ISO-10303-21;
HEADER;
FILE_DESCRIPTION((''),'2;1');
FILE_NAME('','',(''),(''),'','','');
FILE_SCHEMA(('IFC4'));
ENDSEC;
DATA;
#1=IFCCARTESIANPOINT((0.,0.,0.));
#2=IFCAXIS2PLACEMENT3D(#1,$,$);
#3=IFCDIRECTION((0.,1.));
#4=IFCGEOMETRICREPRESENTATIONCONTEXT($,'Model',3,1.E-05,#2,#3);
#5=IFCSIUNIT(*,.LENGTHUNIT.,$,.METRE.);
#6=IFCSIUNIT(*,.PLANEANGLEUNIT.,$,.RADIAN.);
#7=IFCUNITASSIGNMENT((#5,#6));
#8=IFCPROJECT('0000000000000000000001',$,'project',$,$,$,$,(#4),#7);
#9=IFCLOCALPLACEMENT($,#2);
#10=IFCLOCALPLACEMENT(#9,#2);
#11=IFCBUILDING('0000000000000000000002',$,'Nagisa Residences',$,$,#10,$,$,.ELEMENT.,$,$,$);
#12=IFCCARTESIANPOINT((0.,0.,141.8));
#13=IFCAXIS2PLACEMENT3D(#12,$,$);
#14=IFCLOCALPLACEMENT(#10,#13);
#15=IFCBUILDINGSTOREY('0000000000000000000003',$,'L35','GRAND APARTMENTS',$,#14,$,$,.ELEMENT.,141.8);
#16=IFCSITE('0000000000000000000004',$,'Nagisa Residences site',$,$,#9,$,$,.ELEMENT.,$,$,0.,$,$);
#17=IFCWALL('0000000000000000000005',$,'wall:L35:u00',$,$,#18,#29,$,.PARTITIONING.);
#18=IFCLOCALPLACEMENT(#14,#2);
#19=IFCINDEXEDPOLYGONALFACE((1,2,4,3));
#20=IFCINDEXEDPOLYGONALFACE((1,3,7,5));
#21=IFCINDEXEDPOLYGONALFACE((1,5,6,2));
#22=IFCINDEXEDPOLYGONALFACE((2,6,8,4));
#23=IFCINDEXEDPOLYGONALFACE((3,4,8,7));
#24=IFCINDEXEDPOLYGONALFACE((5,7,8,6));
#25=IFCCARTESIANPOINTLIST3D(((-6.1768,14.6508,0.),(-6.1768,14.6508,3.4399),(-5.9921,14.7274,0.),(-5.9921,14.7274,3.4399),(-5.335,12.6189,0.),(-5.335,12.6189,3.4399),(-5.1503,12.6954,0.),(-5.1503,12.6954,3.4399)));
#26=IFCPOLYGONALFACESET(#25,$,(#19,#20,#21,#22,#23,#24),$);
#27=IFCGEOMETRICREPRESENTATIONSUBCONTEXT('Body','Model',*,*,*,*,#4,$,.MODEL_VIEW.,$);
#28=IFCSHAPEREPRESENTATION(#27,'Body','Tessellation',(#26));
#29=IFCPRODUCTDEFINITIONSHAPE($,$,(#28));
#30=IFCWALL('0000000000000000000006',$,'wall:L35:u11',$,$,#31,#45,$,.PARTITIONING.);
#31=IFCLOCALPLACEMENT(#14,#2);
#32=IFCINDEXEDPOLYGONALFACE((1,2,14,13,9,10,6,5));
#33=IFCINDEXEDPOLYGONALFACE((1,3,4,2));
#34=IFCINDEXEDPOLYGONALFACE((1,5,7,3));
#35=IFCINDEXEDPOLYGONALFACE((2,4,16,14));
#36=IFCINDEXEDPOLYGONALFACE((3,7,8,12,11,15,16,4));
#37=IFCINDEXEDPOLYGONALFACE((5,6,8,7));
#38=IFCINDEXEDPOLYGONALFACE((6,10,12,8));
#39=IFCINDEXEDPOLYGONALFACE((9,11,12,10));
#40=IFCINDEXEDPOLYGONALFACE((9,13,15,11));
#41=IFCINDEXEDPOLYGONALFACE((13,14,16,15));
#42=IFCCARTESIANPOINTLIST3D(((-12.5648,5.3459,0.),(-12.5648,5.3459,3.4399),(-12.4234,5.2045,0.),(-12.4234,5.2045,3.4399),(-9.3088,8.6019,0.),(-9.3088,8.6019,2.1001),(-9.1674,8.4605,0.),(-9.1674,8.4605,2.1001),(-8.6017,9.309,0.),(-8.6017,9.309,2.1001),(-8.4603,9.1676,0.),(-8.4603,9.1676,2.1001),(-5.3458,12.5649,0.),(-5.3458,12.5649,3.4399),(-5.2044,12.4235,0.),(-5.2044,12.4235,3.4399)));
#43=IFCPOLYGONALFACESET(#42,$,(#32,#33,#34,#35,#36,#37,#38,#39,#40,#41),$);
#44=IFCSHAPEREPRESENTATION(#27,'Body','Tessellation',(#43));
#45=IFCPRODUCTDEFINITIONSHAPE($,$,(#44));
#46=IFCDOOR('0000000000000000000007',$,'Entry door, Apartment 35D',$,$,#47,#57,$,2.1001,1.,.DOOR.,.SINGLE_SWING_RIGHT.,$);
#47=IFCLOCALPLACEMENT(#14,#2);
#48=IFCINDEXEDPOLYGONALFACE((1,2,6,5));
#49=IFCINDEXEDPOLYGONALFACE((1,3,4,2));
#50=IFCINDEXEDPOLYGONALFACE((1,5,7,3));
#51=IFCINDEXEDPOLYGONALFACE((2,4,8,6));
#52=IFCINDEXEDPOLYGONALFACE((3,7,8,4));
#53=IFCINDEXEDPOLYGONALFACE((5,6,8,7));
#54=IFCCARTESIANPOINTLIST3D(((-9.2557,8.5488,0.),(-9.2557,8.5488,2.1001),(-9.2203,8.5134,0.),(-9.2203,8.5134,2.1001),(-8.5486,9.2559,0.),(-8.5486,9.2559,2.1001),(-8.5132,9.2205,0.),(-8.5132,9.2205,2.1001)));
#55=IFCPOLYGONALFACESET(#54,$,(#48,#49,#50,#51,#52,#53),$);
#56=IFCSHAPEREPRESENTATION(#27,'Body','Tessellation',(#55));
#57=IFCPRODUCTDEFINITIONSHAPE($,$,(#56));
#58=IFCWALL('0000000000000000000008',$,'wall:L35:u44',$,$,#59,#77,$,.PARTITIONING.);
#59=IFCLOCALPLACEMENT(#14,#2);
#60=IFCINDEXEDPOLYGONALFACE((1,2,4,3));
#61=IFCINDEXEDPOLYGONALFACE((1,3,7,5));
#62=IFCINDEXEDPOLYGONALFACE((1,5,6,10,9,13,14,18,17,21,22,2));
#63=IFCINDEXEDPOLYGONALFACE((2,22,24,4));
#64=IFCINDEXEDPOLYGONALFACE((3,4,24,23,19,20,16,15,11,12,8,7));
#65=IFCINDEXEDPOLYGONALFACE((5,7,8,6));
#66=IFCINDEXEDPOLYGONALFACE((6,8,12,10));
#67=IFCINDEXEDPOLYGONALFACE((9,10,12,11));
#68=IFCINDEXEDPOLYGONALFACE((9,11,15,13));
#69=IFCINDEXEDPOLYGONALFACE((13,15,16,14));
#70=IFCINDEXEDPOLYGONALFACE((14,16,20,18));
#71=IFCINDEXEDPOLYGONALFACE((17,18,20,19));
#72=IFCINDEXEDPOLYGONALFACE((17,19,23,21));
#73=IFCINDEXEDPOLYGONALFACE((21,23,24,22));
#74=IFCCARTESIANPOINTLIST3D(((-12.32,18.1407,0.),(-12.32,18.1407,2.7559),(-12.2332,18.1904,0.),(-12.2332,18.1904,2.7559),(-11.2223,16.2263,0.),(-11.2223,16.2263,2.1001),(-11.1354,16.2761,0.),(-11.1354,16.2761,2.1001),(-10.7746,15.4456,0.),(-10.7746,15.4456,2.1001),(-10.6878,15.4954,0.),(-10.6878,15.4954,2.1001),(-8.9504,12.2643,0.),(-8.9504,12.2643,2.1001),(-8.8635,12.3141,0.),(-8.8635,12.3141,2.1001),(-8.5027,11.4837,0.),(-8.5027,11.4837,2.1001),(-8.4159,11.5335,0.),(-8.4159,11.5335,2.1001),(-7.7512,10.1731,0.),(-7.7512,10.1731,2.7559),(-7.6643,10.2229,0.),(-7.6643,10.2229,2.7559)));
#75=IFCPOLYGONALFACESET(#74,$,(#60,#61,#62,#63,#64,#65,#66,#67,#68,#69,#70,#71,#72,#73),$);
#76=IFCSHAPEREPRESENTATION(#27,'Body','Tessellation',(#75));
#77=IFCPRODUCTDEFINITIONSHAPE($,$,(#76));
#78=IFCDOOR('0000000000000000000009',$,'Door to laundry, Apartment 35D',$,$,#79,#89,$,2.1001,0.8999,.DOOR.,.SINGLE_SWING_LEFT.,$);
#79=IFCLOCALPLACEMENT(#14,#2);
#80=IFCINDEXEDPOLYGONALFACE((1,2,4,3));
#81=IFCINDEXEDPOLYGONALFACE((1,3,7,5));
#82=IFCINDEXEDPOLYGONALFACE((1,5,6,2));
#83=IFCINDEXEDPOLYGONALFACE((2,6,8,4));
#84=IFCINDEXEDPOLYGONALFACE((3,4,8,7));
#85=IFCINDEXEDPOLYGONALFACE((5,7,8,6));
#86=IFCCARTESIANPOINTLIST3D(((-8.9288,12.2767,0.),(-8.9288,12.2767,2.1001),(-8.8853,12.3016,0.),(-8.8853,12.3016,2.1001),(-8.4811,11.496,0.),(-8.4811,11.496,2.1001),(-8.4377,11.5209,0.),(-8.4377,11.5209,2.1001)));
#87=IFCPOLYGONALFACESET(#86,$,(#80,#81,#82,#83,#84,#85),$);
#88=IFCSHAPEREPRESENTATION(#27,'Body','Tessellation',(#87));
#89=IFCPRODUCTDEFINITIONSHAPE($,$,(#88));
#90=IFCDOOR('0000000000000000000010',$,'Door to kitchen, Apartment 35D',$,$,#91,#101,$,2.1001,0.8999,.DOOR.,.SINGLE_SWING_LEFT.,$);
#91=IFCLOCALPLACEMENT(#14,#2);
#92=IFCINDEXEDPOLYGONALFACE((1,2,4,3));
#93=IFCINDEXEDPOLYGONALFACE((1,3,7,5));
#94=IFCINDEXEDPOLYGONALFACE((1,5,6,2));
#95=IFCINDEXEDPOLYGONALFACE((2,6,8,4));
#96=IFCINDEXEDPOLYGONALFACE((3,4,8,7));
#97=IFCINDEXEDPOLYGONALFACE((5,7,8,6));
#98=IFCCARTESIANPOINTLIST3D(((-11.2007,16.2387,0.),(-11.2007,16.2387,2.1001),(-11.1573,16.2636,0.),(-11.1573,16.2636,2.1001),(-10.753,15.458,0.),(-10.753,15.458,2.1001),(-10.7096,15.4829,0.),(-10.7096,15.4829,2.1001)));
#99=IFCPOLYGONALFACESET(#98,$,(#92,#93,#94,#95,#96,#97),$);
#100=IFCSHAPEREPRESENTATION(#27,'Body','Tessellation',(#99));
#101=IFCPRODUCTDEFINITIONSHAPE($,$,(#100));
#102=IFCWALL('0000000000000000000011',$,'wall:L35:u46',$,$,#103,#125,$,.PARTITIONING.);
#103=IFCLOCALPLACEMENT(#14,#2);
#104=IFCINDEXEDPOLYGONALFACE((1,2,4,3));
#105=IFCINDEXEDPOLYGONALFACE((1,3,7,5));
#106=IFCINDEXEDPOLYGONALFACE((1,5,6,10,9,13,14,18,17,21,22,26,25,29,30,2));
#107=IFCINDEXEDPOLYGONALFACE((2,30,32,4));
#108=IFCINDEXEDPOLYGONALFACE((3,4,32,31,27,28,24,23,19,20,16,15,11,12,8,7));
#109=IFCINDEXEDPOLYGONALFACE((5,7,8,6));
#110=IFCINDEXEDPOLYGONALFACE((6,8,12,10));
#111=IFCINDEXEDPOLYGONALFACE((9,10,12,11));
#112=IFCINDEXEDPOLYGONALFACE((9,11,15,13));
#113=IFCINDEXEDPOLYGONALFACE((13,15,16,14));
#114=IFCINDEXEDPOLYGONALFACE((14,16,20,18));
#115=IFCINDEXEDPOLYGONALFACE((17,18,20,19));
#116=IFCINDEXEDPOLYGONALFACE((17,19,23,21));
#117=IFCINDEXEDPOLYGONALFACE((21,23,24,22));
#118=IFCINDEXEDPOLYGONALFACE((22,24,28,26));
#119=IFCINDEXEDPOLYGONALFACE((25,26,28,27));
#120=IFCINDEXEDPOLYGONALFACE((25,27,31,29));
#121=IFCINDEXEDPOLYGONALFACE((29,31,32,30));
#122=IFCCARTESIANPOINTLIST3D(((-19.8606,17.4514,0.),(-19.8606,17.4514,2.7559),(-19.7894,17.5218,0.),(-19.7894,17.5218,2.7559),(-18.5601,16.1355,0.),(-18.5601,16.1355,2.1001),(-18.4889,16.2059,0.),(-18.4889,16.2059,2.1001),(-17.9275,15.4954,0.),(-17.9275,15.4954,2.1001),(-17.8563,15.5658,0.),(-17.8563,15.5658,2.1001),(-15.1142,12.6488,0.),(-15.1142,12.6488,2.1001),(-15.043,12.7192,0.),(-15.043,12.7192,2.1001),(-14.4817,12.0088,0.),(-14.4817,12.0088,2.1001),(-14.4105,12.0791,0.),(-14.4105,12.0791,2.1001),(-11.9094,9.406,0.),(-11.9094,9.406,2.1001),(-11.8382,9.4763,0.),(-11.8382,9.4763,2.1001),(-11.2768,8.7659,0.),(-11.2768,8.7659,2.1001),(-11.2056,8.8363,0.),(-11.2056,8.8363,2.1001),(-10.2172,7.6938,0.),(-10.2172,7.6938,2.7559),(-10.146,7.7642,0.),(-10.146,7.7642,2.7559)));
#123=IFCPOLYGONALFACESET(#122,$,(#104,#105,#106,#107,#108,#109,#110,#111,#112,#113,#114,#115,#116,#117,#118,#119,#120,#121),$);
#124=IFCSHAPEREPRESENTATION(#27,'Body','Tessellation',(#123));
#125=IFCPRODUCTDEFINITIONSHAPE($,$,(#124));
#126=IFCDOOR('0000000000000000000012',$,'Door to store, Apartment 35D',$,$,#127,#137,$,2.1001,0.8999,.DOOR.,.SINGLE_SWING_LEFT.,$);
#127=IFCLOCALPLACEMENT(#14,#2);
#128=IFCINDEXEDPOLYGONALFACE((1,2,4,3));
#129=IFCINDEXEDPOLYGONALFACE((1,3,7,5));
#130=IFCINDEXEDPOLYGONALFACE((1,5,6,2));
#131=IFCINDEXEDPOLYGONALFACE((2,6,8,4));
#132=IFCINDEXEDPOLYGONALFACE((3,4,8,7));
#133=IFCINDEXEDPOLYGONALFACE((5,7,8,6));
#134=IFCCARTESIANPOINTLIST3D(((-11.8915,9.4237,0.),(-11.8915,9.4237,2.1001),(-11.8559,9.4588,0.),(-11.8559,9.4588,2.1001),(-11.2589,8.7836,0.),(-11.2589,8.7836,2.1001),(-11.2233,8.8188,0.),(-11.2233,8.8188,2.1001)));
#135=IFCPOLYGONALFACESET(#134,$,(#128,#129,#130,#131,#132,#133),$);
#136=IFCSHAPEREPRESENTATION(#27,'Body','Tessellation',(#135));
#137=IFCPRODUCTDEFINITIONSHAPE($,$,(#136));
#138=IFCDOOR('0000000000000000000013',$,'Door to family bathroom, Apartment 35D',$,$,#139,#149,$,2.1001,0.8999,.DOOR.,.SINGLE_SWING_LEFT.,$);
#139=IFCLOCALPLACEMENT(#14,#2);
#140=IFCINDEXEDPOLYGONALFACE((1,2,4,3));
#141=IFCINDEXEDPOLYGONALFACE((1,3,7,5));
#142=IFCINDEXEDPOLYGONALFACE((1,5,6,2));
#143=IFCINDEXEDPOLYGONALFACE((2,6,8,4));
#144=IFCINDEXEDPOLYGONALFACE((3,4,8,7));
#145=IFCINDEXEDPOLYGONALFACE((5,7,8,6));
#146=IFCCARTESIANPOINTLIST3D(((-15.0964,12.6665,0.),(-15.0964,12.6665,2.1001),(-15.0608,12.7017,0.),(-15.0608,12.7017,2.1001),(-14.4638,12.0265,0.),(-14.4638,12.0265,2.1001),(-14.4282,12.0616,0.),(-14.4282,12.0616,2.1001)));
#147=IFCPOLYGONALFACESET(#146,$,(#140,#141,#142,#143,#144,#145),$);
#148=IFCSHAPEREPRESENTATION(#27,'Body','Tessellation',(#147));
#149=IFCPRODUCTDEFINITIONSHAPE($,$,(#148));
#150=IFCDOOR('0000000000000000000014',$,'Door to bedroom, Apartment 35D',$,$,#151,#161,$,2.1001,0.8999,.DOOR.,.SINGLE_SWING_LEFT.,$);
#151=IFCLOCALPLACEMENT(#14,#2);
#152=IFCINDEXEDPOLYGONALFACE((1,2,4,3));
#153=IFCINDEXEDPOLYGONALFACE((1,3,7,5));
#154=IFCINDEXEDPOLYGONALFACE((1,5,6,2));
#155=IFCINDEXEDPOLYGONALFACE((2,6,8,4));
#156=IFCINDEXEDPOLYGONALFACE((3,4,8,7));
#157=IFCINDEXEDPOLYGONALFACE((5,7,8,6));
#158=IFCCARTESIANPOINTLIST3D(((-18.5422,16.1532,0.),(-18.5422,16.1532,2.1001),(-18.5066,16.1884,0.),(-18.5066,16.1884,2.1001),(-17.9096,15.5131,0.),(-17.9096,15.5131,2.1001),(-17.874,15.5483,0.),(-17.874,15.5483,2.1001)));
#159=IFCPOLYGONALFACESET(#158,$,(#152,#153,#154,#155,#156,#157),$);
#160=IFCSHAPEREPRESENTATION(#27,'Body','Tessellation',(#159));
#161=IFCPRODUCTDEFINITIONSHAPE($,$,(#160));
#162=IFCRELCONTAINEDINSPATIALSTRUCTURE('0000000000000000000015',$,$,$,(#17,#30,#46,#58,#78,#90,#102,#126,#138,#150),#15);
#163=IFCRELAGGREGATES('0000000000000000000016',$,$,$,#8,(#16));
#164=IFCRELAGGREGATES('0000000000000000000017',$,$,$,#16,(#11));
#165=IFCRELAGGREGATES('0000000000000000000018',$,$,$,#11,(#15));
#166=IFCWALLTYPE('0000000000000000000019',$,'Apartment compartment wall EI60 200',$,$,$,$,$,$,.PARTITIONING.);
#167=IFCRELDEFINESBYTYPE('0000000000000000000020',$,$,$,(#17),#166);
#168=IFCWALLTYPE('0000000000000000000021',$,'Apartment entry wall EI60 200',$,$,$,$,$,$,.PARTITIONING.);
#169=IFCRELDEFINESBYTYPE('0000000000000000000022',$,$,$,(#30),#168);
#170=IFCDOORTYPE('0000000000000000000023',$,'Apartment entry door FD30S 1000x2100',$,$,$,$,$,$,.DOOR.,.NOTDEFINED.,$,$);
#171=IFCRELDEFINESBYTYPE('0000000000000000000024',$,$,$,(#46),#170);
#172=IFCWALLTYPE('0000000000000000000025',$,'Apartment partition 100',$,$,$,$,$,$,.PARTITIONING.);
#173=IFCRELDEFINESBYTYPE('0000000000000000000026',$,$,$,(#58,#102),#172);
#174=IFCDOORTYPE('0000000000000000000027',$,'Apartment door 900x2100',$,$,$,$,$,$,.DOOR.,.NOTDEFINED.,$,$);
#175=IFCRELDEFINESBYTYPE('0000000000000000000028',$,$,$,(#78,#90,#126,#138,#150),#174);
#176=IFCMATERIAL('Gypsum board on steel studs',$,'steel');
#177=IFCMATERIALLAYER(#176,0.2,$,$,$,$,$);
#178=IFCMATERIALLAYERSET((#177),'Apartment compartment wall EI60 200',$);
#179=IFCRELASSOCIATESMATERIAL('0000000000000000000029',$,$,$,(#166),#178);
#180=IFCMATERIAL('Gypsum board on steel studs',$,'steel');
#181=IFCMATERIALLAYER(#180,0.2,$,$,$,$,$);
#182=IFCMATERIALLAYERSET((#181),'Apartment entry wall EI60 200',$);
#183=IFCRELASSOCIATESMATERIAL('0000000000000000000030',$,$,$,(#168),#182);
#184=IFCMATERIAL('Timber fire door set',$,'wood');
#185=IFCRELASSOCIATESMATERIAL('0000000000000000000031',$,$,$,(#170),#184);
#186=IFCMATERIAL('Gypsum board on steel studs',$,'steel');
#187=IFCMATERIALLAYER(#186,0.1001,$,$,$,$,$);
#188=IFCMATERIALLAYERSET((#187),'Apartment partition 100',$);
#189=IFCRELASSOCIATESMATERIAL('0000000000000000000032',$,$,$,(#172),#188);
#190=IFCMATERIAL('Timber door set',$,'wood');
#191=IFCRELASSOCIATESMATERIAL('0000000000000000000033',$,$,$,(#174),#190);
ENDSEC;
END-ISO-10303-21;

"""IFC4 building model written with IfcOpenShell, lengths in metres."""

from ifc_helpers import new_model, si_unit, direction, frame, frame_2d, origin, place, context, subcontext, project, spatial, rectangle, extrude, material, layer, layer_set, type_object, element, fill, save


model = new_model("IFC4")

# Units and contexts
model_context = context("Model", 3, precision=1e-05, world=origin(), true_north=direction((0.0, 1.0)))
body_context = subcontext(model_context, "Body", "Model", "MODEL_VIEW")
ifc_project = project(units=[si_unit("LENGTHUNIT", "METRE"), si_unit("PLANEANGLEUNIT", "RADIAN")], contexts=[model_context])

# Site, building, storey
site_placement = place(None, origin())
site = spatial("IfcSite", under=ifc_project, at=site_placement, Name="Nagisa Residences site", CompositionType="ELEMENT", RefElevation=0.0)
building_placement = place(site_placement, origin())
building = spatial("IfcBuilding", under=site, at=building_placement, Name="Nagisa Residences", CompositionType="ELEMENT")
storey_placement = place(building_placement, frame((0.0, 0.0, 141.8)))
storey = spatial("IfcBuildingStorey", under=building, at=storey_placement, Name="L35", Description="GRAND APARTMENTS", CompositionType="ELEMENT", Elevation=141.8)

# Wall
ifc_material_1 = material(Name="Gypsum board on steel studs", Category="steel")
ifc_layer_1 = layer(ifc_material_1, 0.2)
ifc_layer_set_1 = layer_set([ifc_layer_1], Name="Apartment compartment wall EI60 200")
wall_type_1 = type_object("IfcWallType", Name="Apartment compartment wall EI60 200", PredefinedType="PARTITIONING", material=ifc_layer_set_1)
wall_1_placement = place(storey_placement, frame((-5.2427, 12.6572, 0.0), z_axis=(0.0, 0.0, 1.0), x_axis=(-0.382731, 0.92386, 0.0)))
element("IfcWall", 1, at=wall_1_placement, inside=storey, type_object=wall_type_1, Name="wall:L35:u00", PredefinedType="PARTITIONING", context=body_context, shape_type="SweptSolid", body=[
    extrude(rectangle(XDim=2.1995, YDim=0.2, at=frame_2d((1.0996, 0.0))), origin(), (0.0, 0.0, 1.0), 3.4399),
])

# Wall, opening, door
ifc_material_2 = material(Name="Gypsum board on steel studs", Category="steel")
ifc_layer_2 = layer(ifc_material_2, 0.2)
ifc_layer_set_2 = layer_set([ifc_layer_2], Name="Apartment entry wall EI60 200")
wall_type_2 = type_object("IfcWallType", Name="Apartment entry wall EI60 200", PredefinedType="PARTITIONING", material=ifc_layer_set_2)
wall_2_placement = place(storey_placement, frame((-5.2751, 12.4941, 0.0), z_axis=(0.0, 0.0, 1.0), x_axis=(-0.707107, -0.707107, 0.0)))
wall_2 = element("IfcWall", 2, at=wall_2_placement, inside=storey, type_object=wall_type_2, Name="wall:L35:u11", PredefinedType="PARTITIONING", context=body_context, shape_type="SweptSolid", body=[
    extrude(rectangle(XDim=10.2092, YDim=0.2, at=frame_2d((5.1045, 0.0))), origin(), (0.0, 0.0, 1.0), 3.4399),
])
opening_1_placement = place(wall_2_placement, frame((4.6045, 0.0, 0.0)))
opening_1 = element("IfcOpeningElement", 3, at=opening_1_placement, cuts=wall_2, PredefinedType="OPENING", context=body_context, shape_type="SweptSolid", body=[
    extrude(rectangle(XDim=1.0, YDim=2.1001, at=frame_2d((0.5, 1.05))), frame((0.0, 0.1099, 0.0), z_axis=(0.0, -1.0, 0.0), x_axis=(1.0, 0.0, 0.0)), (0.0, 0.0, 1.0), 0.22),
])
ifc_material_3 = material(Name="Timber fire door set", Category="wood")
door_type_1 = type_object("IfcDoorType", Name="Apartment entry door FD30S 1000x2100", OperationType="NOTDEFINED", PredefinedType="DOOR", material=ifc_material_3)
door_1_placement = place(opening_1_placement, frame((1.0, 0.0, 0.0), x_axis=(-1.0, 0.0, 0.0)))
door_1 = element("IfcDoor", 4, at=door_1_placement, inside=storey, type_object=door_type_1, Name="Entry door, Apartment 35D", OperationType="SINGLE_SWING_RIGHT", OverallHeight=2.1001, OverallWidth=1.0, PredefinedType="DOOR", context=body_context, shape_type="SweptSolid", body=[
    extrude(rectangle(XDim=1.0, YDim=2.1001, at=frame_2d((0.5, 1.05))), frame((0.0, 0.0249, 0.0), z_axis=(0.0, -1.0, 0.0), x_axis=(1.0, 0.0, 0.0)), (0.0, 0.0, 1.0), 0.05),
])
fill(opening_1, door_1)

# Walls, openings, doors
ifc_material_4 = material(Name="Gypsum board on steel studs", Category="steel")
ifc_layer_3 = layer(ifc_material_4, 0.1001)
ifc_layer_set_3 = layer_set([ifc_layer_3], Name="Apartment partition 100")
wall_type_3 = type_object("IfcWallType", Name="Apartment partition 100", PredefinedType="PARTITIONING", material=ifc_layer_set_3)
wall_3_placement = place(storey_placement, frame((-7.7078, 10.198, 0.0), z_axis=(0.0, 0.0, 1.0), x_axis=(-0.497449, 0.867493, 0.0)))
wall_3 = element("IfcWall", 5, at=wall_3_placement, inside=storey, type_object=wall_type_3, Name="wall:L35:u44", PredefinedType="PARTITIONING", context=body_context, shape_type="SweptSolid", body=[
    extrude(rectangle(XDim=9.1846, YDim=0.1001, at=frame_2d((4.5923, 0.0))), origin(), (0.0, 0.0, 1.0), 2.7559),
])
opening_2_placement = place(wall_3_placement, frame((1.5107, 0.0, 0.0)))
opening_2 = element("IfcOpeningElement", 6, at=opening_2_placement, cuts=wall_3, PredefinedType="OPENING", context=body_context, shape_type="SweptSolid", body=[
    extrude(rectangle(XDim=0.8999, YDim=2.1001, at=frame_2d((0.45, 1.05))), frame((0.0, 0.0601, 0.0), z_axis=(0.0, -1.0, 0.0), x_axis=(1.0, 0.0, 0.0)), (0.0, 0.0, 1.0), 0.1201),
])
opening_3_placement = place(wall_3_placement, frame((6.0779, 0.0, 0.0)))
opening_3 = element("IfcOpeningElement", 7, at=opening_3_placement, cuts=wall_3, PredefinedType="OPENING", context=body_context, shape_type="SweptSolid", body=[
    extrude(rectangle(XDim=0.8999, YDim=2.1001, at=frame_2d((0.45, 1.05))), frame((0.0, 0.0601, 0.0), z_axis=(0.0, -1.0, 0.0), x_axis=(1.0, 0.0, 0.0)), (0.0, 0.0, 1.0), 0.1201),
])
ifc_material_5 = material(Name="Timber door set", Category="wood")
door_type_2 = type_object("IfcDoorType", Name="Apartment door 900x2100", OperationType="NOTDEFINED", PredefinedType="DOOR", material=ifc_material_5)
door_2_placement = place(opening_2_placement, frame((0.8999, 0.0, 0.0), x_axis=(-1.0, 0.0, 0.0)))
door_2 = element("IfcDoor", 8, at=door_2_placement, inside=storey, type_object=door_type_2, Name="Door to laundry, Apartment 35D", OperationType="SINGLE_SWING_LEFT", OverallHeight=2.1001, OverallWidth=0.8999, PredefinedType="DOOR", context=body_context, shape_type="SweptSolid", body=[
    extrude(rectangle(XDim=0.8999, YDim=2.1001, at=frame_2d((0.45, 1.05))), frame((0.0, 0.0249, 0.0), z_axis=(0.0, -1.0, 0.0), x_axis=(1.0, 0.0, 0.0)), (0.0, 0.0, 1.0), 0.05),
])
fill(opening_2, door_2)
door_3_placement = place(opening_3_placement, frame((0.8999, 0.0, 0.0), x_axis=(-1.0, 0.0, 0.0)))
door_3 = element("IfcDoor", 9, at=door_3_placement, inside=storey, type_object=door_type_2, Name="Door to kitchen, Apartment 35D", OperationType="SINGLE_SWING_LEFT", OverallHeight=2.1001, OverallWidth=0.8999, PredefinedType="DOOR", context=body_context, shape_type="SweptSolid", body=[
    extrude(rectangle(XDim=0.8999, YDim=2.1001, at=frame_2d((0.45, 1.05))), frame((0.0, 0.0249, 0.0), z_axis=(0.0, -1.0, 0.0), x_axis=(1.0, 0.0, 0.0)), (0.0, 0.0, 1.0), 0.05),
])
fill(opening_3, door_3)
wall_4_placement = place(storey_placement, frame((-10.1816, 7.729, 0.0), z_axis=(0.0, 0.0, 1.0), x_axis=(-0.70293, 0.711259, 0.0)))
wall_4 = element("IfcWall", 10, at=wall_4_placement, inside=storey, type_object=wall_type_3, Name="wall:L35:u46", PredefinedType="PARTITIONING", context=body_context, shape_type="SweptSolid", body=[
    extrude(rectangle(XDim=13.7188, YDim=0.1001, at=frame_2d((6.8594, 0.0))), origin(), (0.0, 0.0, 1.0), 2.7559),
])
opening_4_placement = place(wall_4_placement, frame((1.5073, 0.0, 0.0)))
opening_4 = element("IfcOpeningElement", 11, at=opening_4_placement, cuts=wall_4, PredefinedType="OPENING", context=body_context, shape_type="SweptSolid", body=[
    extrude(rectangle(XDim=0.8999, YDim=2.1001, at=frame_2d((0.45, 1.05))), frame((0.0, 0.0601, 0.0), z_axis=(0.0, -1.0, 0.0), x_axis=(1.0, 0.0, 0.0)), (0.0, 0.0, 1.0), 0.1201),
])
opening_5_placement = place(wall_4_placement, frame((6.0667, 0.0, 0.0)))
opening_5 = element("IfcOpeningElement", 12, at=opening_5_placement, cuts=wall_4, PredefinedType="OPENING", context=body_context, shape_type="SweptSolid", body=[
    extrude(rectangle(XDim=0.8999, YDim=2.1001, at=frame_2d((0.45, 1.05))), frame((0.0, 0.0601, 0.0), z_axis=(0.0, -1.0, 0.0), x_axis=(1.0, 0.0, 0.0)), (0.0, 0.0, 1.0), 0.1201),
])
opening_6_placement = place(wall_4_placement, frame((10.9688, 0.0, 0.0)))
opening_6 = element("IfcOpeningElement", 13, at=opening_6_placement, cuts=wall_4, PredefinedType="OPENING", context=body_context, shape_type="SweptSolid", body=[
    extrude(rectangle(XDim=0.8999, YDim=2.1001, at=frame_2d((0.45, 1.05))), frame((0.0, 0.0601, 0.0), z_axis=(0.0, -1.0, 0.0), x_axis=(1.0, 0.0, 0.0)), (0.0, 0.0, 1.0), 0.1201),
])
door_4_placement = place(opening_4_placement, origin())
door_4 = element("IfcDoor", 14, at=door_4_placement, inside=storey, type_object=door_type_2, Name="Door to store, Apartment 35D", OperationType="SINGLE_SWING_LEFT", OverallHeight=2.1001, OverallWidth=0.8999, PredefinedType="DOOR", context=body_context, shape_type="SweptSolid", body=[
    extrude(rectangle(XDim=0.8999, YDim=2.1001, at=frame_2d((0.45, 1.05))), frame((0.0, 0.0249, 0.0), z_axis=(0.0, -1.0, 0.0), x_axis=(1.0, 0.0, 0.0)), (0.0, 0.0, 1.0), 0.05),
])
fill(opening_4, door_4)
door_5_placement = place(opening_5_placement, origin())
door_5 = element("IfcDoor", 15, at=door_5_placement, inside=storey, type_object=door_type_2, Name="Door to family bathroom, Apartment 35D", OperationType="SINGLE_SWING_LEFT", OverallHeight=2.1001, OverallWidth=0.8999, PredefinedType="DOOR", context=body_context, shape_type="SweptSolid", body=[
    extrude(rectangle(XDim=0.8999, YDim=2.1001, at=frame_2d((0.45, 1.05))), frame((0.0, 0.0249, 0.0), z_axis=(0.0, -1.0, 0.0), x_axis=(1.0, 0.0, 0.0)), (0.0, 0.0, 1.0), 0.05),
])
fill(opening_5, door_5)
door_6_placement = place(opening_6_placement, origin())
door_6 = element("IfcDoor", 16, at=door_6_placement, inside=storey, type_object=door_type_2, Name="Door to bedroom, Apartment 35D", OperationType="SINGLE_SWING_LEFT", OverallHeight=2.1001, OverallWidth=0.8999, PredefinedType="DOOR", context=body_context, shape_type="SweptSolid", body=[
    extrude(rectangle(XDim=0.8999, YDim=2.1001, at=frame_2d((0.45, 1.05))), frame((0.0, 0.0249, 0.0), z_axis=(0.0, -1.0, 0.0), x_axis=(1.0, 0.0, 0.0)), (0.0, 0.0, 1.0), 0.05),
])
fill(opening_6, door_6)

save(model, "model.ifc")
